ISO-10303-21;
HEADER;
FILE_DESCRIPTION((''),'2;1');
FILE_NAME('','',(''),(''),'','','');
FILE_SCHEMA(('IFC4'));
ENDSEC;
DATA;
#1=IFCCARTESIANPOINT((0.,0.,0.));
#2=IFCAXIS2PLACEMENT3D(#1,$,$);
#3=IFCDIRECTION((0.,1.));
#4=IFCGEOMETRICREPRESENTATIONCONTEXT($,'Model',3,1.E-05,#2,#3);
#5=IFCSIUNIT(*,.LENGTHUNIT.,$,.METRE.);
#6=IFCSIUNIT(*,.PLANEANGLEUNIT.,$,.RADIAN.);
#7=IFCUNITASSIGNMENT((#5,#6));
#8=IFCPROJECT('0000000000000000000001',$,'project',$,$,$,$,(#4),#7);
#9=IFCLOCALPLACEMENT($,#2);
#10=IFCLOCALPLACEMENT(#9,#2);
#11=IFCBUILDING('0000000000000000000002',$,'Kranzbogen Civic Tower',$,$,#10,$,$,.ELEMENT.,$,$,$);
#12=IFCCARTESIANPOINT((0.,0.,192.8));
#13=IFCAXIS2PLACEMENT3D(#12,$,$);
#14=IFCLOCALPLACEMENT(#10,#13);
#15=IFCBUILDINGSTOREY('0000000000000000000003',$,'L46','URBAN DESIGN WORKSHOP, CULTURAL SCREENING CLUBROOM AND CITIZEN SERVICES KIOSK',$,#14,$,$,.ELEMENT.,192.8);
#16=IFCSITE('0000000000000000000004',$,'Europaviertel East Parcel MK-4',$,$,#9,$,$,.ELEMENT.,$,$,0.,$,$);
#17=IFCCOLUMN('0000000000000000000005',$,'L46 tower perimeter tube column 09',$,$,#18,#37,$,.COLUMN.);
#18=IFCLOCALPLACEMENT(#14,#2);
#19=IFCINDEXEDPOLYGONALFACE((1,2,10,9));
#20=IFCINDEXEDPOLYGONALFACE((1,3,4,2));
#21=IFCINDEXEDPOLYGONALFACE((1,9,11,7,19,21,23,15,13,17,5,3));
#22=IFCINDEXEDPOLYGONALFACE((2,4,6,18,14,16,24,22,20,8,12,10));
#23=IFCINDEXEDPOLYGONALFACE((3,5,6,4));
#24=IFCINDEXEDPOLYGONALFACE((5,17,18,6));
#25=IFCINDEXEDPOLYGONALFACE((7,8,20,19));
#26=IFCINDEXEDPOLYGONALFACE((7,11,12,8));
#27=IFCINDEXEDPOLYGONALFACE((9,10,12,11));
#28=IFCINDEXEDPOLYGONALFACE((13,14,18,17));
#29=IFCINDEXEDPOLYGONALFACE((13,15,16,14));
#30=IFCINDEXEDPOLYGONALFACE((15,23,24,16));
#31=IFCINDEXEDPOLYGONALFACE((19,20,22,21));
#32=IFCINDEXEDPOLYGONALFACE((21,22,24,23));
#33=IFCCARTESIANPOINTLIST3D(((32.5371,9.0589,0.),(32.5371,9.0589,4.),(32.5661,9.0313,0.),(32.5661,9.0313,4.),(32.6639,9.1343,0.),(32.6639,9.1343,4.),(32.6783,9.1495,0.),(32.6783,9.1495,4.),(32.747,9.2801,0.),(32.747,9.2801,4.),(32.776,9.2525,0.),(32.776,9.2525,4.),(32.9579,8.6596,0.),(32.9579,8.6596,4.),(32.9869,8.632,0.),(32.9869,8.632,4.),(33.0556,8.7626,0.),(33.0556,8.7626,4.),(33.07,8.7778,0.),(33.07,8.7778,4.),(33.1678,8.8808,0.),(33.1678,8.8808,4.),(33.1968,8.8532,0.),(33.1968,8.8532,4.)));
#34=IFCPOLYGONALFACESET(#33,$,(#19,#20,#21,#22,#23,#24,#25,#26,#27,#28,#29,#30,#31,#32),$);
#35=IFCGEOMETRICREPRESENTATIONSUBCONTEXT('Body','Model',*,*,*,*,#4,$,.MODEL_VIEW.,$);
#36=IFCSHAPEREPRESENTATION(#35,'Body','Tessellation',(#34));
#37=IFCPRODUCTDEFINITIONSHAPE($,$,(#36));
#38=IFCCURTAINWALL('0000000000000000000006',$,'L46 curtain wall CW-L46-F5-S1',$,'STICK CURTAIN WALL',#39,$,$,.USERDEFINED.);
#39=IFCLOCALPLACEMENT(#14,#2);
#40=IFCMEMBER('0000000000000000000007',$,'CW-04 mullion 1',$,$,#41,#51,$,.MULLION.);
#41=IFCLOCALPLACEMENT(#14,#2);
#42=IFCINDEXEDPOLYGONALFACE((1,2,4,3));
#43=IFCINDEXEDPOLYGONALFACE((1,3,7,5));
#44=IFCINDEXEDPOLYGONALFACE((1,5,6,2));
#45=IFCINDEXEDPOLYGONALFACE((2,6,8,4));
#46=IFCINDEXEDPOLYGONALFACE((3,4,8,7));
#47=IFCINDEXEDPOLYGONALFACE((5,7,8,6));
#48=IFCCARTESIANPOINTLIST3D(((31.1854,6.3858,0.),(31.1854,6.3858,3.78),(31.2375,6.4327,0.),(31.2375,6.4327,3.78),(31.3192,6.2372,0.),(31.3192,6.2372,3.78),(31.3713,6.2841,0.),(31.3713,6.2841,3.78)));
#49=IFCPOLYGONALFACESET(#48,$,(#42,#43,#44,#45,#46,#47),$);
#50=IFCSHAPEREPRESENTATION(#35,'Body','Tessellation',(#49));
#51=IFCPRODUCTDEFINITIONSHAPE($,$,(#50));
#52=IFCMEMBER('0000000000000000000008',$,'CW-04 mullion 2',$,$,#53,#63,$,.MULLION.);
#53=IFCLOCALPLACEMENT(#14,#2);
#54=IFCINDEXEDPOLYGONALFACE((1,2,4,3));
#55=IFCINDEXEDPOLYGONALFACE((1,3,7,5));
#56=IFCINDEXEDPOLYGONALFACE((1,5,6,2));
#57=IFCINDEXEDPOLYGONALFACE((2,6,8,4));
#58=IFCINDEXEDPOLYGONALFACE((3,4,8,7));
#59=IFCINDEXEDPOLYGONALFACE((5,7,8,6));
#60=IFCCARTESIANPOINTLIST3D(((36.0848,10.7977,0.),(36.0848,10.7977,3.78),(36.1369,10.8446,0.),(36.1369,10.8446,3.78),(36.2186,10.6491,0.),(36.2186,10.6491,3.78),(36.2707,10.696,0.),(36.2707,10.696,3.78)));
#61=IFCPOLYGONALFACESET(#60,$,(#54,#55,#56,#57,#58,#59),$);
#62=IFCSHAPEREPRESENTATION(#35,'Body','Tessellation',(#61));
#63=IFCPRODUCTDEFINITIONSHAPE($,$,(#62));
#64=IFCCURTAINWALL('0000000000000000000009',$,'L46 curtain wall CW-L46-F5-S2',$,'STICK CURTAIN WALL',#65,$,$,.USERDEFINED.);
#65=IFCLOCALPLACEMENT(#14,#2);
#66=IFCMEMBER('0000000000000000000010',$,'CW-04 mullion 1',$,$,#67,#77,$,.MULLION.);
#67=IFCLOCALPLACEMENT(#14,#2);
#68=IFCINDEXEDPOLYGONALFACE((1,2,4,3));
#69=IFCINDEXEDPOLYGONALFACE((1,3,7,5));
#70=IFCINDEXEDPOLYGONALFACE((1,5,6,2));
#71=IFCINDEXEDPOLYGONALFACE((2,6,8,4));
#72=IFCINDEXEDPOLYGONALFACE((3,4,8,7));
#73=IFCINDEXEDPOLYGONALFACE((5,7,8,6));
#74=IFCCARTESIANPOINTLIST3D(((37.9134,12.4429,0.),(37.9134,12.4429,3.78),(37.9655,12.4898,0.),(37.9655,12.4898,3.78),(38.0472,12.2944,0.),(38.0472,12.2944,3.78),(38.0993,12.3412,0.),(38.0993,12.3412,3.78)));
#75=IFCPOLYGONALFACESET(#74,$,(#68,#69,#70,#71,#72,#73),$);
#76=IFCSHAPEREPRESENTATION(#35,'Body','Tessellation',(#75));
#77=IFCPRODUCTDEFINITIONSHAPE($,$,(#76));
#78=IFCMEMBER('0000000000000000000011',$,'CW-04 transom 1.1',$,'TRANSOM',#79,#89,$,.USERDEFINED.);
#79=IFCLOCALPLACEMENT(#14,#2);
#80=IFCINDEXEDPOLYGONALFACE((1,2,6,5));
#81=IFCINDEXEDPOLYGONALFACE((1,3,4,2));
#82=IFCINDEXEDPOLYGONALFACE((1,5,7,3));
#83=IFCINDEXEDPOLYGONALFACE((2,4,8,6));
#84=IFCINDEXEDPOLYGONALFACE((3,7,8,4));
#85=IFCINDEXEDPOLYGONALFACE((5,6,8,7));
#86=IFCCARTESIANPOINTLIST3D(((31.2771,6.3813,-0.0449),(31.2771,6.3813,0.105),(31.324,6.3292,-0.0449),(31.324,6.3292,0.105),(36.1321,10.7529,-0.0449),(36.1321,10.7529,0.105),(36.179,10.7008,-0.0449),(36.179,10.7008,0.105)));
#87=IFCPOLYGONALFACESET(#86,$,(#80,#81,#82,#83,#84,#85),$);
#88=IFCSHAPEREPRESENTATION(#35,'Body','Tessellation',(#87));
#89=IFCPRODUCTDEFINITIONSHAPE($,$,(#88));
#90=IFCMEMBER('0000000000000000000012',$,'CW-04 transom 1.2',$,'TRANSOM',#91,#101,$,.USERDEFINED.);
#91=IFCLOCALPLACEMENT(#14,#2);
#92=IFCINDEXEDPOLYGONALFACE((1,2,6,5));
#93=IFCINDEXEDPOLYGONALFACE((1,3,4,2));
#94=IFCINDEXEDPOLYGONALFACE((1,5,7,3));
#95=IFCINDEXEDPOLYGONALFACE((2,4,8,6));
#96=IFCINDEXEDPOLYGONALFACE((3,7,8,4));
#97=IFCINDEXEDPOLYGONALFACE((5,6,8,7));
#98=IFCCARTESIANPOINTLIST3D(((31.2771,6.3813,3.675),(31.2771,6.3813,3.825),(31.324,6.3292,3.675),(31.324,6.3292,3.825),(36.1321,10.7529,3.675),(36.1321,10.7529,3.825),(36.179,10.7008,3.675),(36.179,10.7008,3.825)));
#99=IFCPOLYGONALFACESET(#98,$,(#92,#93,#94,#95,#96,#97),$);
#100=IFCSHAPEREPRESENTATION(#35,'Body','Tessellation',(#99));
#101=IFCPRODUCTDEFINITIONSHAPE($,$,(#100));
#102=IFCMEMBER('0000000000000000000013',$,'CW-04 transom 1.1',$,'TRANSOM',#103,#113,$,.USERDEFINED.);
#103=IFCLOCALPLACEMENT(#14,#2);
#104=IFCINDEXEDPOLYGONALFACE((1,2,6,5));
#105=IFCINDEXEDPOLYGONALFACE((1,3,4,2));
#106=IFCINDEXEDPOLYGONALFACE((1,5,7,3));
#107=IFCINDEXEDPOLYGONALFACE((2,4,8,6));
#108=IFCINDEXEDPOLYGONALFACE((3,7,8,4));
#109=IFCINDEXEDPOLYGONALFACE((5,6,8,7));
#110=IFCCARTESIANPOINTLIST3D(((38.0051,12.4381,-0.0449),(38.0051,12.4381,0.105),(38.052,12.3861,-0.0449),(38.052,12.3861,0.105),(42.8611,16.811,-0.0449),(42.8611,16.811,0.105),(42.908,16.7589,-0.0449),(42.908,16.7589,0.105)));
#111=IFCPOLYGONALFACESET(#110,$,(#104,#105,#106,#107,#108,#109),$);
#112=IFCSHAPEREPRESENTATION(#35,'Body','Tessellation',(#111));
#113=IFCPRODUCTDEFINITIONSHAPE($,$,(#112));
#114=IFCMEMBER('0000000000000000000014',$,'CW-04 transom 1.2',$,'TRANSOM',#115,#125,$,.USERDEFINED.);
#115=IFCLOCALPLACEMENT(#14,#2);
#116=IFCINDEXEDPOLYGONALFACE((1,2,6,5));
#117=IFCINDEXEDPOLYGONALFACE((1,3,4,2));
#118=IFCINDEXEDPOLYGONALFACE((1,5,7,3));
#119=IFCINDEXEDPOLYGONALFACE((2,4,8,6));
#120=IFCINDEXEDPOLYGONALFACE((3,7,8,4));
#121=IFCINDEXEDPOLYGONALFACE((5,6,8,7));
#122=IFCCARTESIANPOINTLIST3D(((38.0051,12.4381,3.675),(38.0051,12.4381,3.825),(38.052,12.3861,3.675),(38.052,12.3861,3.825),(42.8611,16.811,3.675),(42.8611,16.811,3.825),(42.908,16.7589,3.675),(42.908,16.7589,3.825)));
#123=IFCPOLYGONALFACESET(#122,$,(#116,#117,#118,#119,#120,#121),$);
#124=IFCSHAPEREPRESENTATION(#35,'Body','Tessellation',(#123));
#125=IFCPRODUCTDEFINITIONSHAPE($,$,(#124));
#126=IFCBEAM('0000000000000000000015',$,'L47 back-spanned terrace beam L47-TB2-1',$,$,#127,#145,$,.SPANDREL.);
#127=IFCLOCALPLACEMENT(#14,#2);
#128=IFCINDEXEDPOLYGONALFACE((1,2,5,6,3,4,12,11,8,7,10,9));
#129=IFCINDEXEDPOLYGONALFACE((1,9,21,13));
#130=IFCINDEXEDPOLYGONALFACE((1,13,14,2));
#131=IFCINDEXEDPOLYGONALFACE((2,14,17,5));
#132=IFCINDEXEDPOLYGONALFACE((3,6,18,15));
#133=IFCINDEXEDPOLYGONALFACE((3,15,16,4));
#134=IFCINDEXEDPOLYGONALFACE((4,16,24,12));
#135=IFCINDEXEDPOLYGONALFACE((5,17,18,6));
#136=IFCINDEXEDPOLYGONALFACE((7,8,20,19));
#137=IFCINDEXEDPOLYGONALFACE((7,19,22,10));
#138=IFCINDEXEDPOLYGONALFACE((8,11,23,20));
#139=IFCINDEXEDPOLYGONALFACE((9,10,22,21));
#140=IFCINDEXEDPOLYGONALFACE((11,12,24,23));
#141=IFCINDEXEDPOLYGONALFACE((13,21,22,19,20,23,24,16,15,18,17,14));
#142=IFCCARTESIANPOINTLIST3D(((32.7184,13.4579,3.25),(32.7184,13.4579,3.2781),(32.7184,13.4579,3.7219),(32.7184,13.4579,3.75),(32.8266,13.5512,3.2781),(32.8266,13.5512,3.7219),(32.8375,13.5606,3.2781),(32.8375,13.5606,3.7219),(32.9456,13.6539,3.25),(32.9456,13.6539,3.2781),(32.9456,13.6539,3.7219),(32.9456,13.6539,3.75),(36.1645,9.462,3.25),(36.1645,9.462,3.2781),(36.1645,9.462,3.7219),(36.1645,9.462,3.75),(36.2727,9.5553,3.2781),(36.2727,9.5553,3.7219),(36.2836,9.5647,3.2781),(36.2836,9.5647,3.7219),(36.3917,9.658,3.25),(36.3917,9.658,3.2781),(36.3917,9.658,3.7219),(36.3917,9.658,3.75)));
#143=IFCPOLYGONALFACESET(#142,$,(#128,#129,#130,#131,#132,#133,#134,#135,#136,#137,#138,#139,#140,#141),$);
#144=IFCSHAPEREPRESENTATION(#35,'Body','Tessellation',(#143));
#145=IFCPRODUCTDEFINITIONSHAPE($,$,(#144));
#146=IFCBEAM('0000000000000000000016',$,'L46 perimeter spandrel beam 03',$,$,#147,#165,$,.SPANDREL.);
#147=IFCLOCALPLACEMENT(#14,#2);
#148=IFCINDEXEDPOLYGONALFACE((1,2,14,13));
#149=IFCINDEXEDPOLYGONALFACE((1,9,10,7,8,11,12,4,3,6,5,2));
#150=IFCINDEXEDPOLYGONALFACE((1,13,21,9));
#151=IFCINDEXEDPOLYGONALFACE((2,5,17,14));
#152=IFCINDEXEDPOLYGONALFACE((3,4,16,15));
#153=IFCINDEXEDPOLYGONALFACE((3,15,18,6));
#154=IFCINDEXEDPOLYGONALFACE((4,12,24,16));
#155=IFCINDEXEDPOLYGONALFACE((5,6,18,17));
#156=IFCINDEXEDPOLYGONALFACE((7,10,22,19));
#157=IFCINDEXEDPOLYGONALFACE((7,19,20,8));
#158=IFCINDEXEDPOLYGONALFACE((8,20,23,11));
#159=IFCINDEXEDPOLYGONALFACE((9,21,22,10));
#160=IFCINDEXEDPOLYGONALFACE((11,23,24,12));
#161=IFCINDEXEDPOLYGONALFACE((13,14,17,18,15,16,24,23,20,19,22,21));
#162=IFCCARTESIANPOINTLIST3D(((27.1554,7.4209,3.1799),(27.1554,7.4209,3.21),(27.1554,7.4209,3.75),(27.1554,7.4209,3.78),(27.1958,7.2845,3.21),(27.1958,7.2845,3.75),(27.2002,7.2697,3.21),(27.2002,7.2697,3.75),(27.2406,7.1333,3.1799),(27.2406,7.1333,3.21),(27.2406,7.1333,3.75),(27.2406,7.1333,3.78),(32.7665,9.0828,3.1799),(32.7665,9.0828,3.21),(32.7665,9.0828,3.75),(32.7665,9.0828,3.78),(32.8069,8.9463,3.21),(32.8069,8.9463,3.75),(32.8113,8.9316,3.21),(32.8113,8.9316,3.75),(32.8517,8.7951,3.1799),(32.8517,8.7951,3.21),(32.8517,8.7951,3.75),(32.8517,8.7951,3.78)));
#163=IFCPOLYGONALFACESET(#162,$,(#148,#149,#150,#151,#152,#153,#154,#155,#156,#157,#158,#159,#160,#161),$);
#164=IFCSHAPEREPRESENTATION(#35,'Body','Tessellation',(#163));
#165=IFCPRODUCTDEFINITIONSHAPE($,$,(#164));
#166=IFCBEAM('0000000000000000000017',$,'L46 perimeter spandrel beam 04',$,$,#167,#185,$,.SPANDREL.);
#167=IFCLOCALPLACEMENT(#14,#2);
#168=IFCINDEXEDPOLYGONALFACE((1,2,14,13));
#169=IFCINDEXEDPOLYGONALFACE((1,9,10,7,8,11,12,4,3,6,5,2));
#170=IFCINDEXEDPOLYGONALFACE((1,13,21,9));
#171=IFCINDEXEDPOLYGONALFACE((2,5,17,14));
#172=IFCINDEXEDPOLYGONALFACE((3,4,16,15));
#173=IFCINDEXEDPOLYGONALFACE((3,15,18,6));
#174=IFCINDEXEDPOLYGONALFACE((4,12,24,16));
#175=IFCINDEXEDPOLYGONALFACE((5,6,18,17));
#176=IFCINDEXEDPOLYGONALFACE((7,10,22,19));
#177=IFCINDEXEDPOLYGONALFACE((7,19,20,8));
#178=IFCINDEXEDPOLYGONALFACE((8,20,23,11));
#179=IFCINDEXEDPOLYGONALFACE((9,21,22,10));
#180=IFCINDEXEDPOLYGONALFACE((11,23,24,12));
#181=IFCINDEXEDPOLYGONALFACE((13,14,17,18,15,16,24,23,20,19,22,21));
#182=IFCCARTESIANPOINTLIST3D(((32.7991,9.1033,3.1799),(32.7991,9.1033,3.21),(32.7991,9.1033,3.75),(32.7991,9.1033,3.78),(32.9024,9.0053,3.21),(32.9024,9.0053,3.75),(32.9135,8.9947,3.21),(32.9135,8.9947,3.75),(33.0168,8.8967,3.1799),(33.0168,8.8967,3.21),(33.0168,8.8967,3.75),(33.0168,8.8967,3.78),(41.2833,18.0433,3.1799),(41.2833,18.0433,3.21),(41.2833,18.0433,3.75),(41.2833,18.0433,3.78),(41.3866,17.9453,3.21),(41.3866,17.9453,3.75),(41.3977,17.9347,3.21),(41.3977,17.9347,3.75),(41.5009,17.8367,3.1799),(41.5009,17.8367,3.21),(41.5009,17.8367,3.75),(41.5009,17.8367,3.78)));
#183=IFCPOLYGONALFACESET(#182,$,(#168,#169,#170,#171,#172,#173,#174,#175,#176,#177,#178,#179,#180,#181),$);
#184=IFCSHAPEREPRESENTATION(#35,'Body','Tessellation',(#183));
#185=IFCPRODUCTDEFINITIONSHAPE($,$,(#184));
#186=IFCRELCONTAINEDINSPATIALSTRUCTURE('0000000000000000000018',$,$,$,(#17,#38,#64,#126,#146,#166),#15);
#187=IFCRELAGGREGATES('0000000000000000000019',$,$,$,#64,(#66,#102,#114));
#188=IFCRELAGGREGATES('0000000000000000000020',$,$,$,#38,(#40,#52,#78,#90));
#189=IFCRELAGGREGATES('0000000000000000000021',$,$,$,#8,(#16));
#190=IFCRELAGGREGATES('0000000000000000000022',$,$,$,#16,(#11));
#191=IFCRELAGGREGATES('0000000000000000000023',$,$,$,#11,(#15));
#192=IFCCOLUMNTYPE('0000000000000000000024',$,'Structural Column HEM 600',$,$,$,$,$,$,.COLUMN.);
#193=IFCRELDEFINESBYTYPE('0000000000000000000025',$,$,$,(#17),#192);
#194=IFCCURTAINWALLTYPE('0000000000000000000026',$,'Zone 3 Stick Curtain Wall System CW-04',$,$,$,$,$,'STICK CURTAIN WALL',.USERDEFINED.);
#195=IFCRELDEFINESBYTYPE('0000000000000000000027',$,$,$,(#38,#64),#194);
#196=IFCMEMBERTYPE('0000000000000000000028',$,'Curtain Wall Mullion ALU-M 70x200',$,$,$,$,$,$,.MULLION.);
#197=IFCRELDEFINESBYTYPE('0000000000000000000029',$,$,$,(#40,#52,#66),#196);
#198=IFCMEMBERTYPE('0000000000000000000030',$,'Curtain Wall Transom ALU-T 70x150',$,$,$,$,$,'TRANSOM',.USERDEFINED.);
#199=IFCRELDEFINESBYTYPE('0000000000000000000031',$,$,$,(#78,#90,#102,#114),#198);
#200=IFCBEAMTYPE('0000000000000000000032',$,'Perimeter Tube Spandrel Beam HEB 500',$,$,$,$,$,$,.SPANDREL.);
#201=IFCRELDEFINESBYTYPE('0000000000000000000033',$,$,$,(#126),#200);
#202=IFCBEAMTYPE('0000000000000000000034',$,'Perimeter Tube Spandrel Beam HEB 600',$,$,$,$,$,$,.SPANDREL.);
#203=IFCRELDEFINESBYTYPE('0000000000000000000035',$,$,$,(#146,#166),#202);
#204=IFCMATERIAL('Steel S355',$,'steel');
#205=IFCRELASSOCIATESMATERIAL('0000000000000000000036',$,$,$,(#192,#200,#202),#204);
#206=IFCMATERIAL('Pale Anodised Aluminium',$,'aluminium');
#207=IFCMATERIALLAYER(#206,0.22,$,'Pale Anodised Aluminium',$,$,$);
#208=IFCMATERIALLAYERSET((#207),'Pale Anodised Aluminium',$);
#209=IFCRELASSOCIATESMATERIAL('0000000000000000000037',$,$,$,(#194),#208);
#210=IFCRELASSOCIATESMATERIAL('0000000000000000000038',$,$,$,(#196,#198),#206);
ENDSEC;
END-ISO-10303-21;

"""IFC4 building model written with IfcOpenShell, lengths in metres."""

from ifc_helpers import new_model, si_unit, direction, frame, origin, origin_2d, place, context, subcontext, project, spatial, rectangle, i_section, extrude, material, layer, layer_set, material_profile, profile_set, type_object, element, aggregate, save


model = new_model("IFC4")

# Units and contexts
model_context = context("Model", 3, precision=1e-05, world=origin(), true_north=direction((0.0, 1.0)))
body_context = subcontext(model_context, "Body", "Model", "MODEL_VIEW")
ifc_project = project(units=[si_unit("LENGTHUNIT", "METRE"), si_unit("PLANEANGLEUNIT", "RADIAN")], contexts=[model_context])

# Site, building, storey
site_placement = place(None, origin())
site = spatial("IfcSite", under=ifc_project, at=site_placement, Name="Europaviertel East Parcel MK-4", CompositionType="ELEMENT", RefElevation=0.0)
building_placement = place(site_placement, origin())
building = spatial("IfcBuilding", under=site, at=building_placement, Name="Kranzbogen Civic Tower", CompositionType="ELEMENT")
storey_placement = place(building_placement, frame((0.0, 0.0, 192.8)))
storey = spatial("IfcBuildingStorey", under=building, at=storey_placement, Name="L46", Description="URBAN DESIGN WORKSHOP, CULTURAL SCREENING CLUBROOM AND CITIZEN SERVICES KIOSK", CompositionType="ELEMENT", Elevation=192.8)

# Column
ifc_material_1 = material(Name="Steel S355", Category="steel")
ifc_material_profile_1 = material_profile(ifc_material_1, i_section(OverallWidth=0.3049, OverallDepth=0.6201, WebThickness=0.021, FlangeThickness=0.04, at=origin_2d()), Name="HEM 600")
ifc_profile_set_1 = profile_set([ifc_material_profile_1], Name="Steel S355")
column_type = type_object("IfcColumnType", Name="Structural Column HEM 600", PredefinedType="COLUMN", material=ifc_profile_set_1)
column_placement = place(storey_placement, frame((32.8669, 8.9561, 0.0), z_axis=(0.0, 0.0, 1.0), x_axis=(0.688355, 0.725374, 0.0)))
element("IfcColumn", 1, at=column_placement, inside=storey, type_object=column_type, Name="L46 tower perimeter tube column 09", PredefinedType="COLUMN", context=body_context, shape_type="SweptSolid", body=[
    extrude(i_section(OverallWidth=0.3049, OverallDepth=0.6201, WebThickness=0.021, FlangeThickness=0.04, at=origin_2d()), origin(), (0.0, 0.0, 1.0), 4.0),
])

# Curtain wall, members
ifc_material_2 = material(Name="Pale Anodised Aluminium", Category="aluminium")
ifc_layer_1 = layer(ifc_material_2, 0.22, Name="Pale Anodised Aluminium")
ifc_layer_set_1 = layer_set([ifc_layer_1], Name="Pale Anodised Aluminium")
curtain_wall_type = type_object("IfcCurtainWallType", Name="Zone 3 Stick Curtain Wall System CW-04", ElementType="STICK CURTAIN WALL", PredefinedType="USERDEFINED", material=ifc_layer_set_1)
curtain_wall_1_placement = place(storey_placement, origin())
curtain_wall_1 = element("IfcCurtainWall", 2, at=curtain_wall_1_placement, inside=storey, type_object=curtain_wall_type, Name="L46 curtain wall CW-L46-F5-S1", ObjectType="STICK CURTAIN WALL", PredefinedType="USERDEFINED")
ifc_material_profile_2 = material_profile(ifc_material_2, rectangle(XDim=0.0701, YDim=0.2, at=origin_2d()), Name="ALU-M 70x200")
ifc_profile_set_2 = profile_set([ifc_material_profile_2], Name="Pale Anodised Aluminium")
member_type_1 = type_object("IfcMemberType", Name="Curtain Wall Mullion ALU-M 70x200", PredefinedType="MULLION", material=ifc_profile_set_2)
member_1_placement = place(storey_placement, frame((31.2783, 6.335, 0.0), z_axis=(0.0, 0.0, 1.0), x_axis=(0.743115, 0.669164, 0.0)))
member_1 = element("IfcMember", 3, at=member_1_placement, type_object=member_type_1, Name="CW-04 mullion 1", PredefinedType="MULLION", context=body_context, shape_type="SweptSolid", body=[
    extrude(rectangle(XDim=0.0701, YDim=0.2, at=origin_2d()), origin(), (0.0, 0.0, 1.0), 3.78),
])
member_2_placement = place(storey_placement, frame((36.1777, 10.7468, 0.0), z_axis=(0.0, 0.0, 1.0), x_axis=(0.743115, 0.669164, 0.0)))
member_2 = element("IfcMember", 4, at=member_2_placement, type_object=member_type_1, Name="CW-04 mullion 2", PredefinedType="MULLION", context=body_context, shape_type="SweptSolid", body=[
    extrude(rectangle(XDim=0.0701, YDim=0.2, at=origin_2d()), origin(), (0.0, 0.0, 1.0), 3.78),
])

# Curtain wall, member
curtain_wall_2_placement = place(storey_placement, origin())
curtain_wall_2 = element("IfcCurtainWall", 5, at=curtain_wall_2_placement, inside=storey, type_object=curtain_wall_type, Name="L46 curtain wall CW-L46-F5-S2", ObjectType="STICK CURTAIN WALL", PredefinedType="USERDEFINED")
member_3_placement = place(storey_placement, frame((38.0063, 12.3921, 0.0), z_axis=(0.0, 0.0, 1.0), x_axis=(0.743107, 0.669172, 0.0)))
member_3 = element("IfcMember", 6, at=member_3_placement, type_object=member_type_1, Name="CW-04 mullion 1", PredefinedType="MULLION", context=body_context, shape_type="SweptSolid", body=[
    extrude(rectangle(XDim=0.0701, YDim=0.2, at=origin_2d()), origin(), (0.0, 0.0, 1.0), 3.78),
])

# Members
ifc_material_profile_3 = material_profile(ifc_material_2, rectangle(XDim=0.0701, YDim=0.1499, at=origin_2d()), Name="ALU-T 70x150")
ifc_profile_set_3 = profile_set([ifc_material_profile_3], Name="Pale Anodised Aluminium")
member_type_2 = type_object("IfcMemberType", Name="Curtain Wall Transom ALU-T 70x150", ElementType="TRANSOM", PredefinedType="USERDEFINED", material=ifc_profile_set_3)
member_4_placement = place(storey_placement, frame((31.3005, 6.3552, 0.03), z_axis=(0.743134, 0.669142, 0.0), x_axis=(-0.669142, 0.743134, 0.0)))
member_4 = element("IfcMember", 7, at=member_4_placement, type_object=member_type_2, Name="CW-04 transom 1.1", ObjectType="TRANSOM", PredefinedType="USERDEFINED", context=body_context, shape_type="SweptSolid", body=[
    extrude(rectangle(XDim=0.0701, YDim=0.1499, at=origin_2d()), origin(), (0.0, 0.0, 1.0), 6.5332),
])
member_5_placement = place(storey_placement, frame((31.3005, 6.3552, 3.75), z_axis=(0.743134, 0.669142, 0.0), x_axis=(-0.669142, 0.743134, 0.0)))
member_5 = element("IfcMember", 8, at=member_5_placement, type_object=member_type_2, Name="CW-04 transom 1.2", ObjectType="TRANSOM", PredefinedType="USERDEFINED", context=body_context, shape_type="SweptSolid", body=[
    extrude(rectangle(XDim=0.0701, YDim=0.1499, at=origin_2d()), origin(), (0.0, 0.0, 1.0), 6.5332),
])
member_6_placement = place(storey_placement, frame((38.0286, 12.4121, 0.03), z_axis=(0.743108, 0.669171, 0.0), x_axis=(-0.669171, 0.743108, 0.0)))
member_6 = element("IfcMember", 9, at=member_6_placement, type_object=member_type_2, Name="CW-04 transom 1.1", ObjectType="TRANSOM", PredefinedType="USERDEFINED", context=body_context, shape_type="SweptSolid", body=[
    extrude(rectangle(XDim=0.0701, YDim=0.1499, at=origin_2d()), origin(), (0.0, 0.0, 1.0), 6.5347),
])
member_7_placement = place(storey_placement, frame((38.0286, 12.4121, 3.75), z_axis=(0.743108, 0.669171, 0.0), x_axis=(-0.669171, 0.743108, 0.0)))
member_7 = element("IfcMember", 10, at=member_7_placement, type_object=member_type_2, Name="CW-04 transom 1.2", ObjectType="TRANSOM", PredefinedType="USERDEFINED", context=body_context, shape_type="SweptSolid", body=[
    extrude(rectangle(XDim=0.0701, YDim=0.1499, at=origin_2d()), origin(), (0.0, 0.0, 1.0), 6.5347),
])
aggregate(curtain_wall_2, [member_3, member_6, member_7])

# Beams
ifc_material_profile_4 = material_profile(ifc_material_1, i_section(OverallWidth=0.3, OverallDepth=0.5, WebThickness=0.0144, FlangeThickness=0.0281, at=origin_2d()), Name="HEB 500")
ifc_profile_set_4 = profile_set([ifc_material_profile_4], Name="Steel S355")
beam_type_1 = type_object("IfcBeamType", Name="Perimeter Tube Spandrel Beam HEB 500", PredefinedType="SPANDREL", material=ifc_profile_set_4)
beam_1_placement = place(storey_placement, frame((32.832, 13.5559, 3.5), z_axis=(0.653086, -0.757284, 0.0), x_axis=(0.757284, 0.653086, 0.0)))
element("IfcBeam", 11, at=beam_1_placement, inside=storey, type_object=beam_type_1, Name="L47 back-spanned terrace beam L47-TB2-1", PredefinedType="SPANDREL", context=body_context, shape_type="SweptSolid", body=[
    extrude(i_section(OverallWidth=0.3, OverallDepth=0.5, WebThickness=0.0144, FlangeThickness=0.0281, at=origin_2d()), origin(), (0.0, 0.0, 1.0), 5.2766),
])
ifc_material_profile_5 = material_profile(ifc_material_1, i_section(OverallWidth=0.3, OverallDepth=0.6001, WebThickness=0.0154, FlangeThickness=0.03, at=origin_2d()), Name="HEB 600")
ifc_profile_set_5 = profile_set([ifc_material_profile_5], Name="Steel S355")
beam_type_2 = type_object("IfcBeamType", Name="Perimeter Tube Spandrel Beam HEB 600", PredefinedType="SPANDREL", material=ifc_profile_set_5)
beam_2_placement = place(storey_placement, frame((27.198, 7.2771, 3.48), z_axis=(0.95883, 0.283982, 0.0), x_axis=(-0.283982, 0.95883, 0.0)))
element("IfcBeam", 12, at=beam_2_placement, inside=storey, type_object=beam_type_2, Name="L46 perimeter spandrel beam 03", PredefinedType="SPANDREL", context=body_context, shape_type="SweptSolid", body=[
    extrude(i_section(OverallWidth=0.3, OverallDepth=0.6001, WebThickness=0.0154, FlangeThickness=0.03, at=origin_2d()), origin(), (0.0, 0.0, 1.0), 5.8521),
])
beam_3_placement = place(storey_placement, frame((32.908, 9.0, 3.48), z_axis=(0.688373, 0.725356, 0.0), x_axis=(-0.725356, 0.688373, 0.0)))
element("IfcBeam", 13, at=beam_3_placement, inside=storey, type_object=beam_type_2, Name="L46 perimeter spandrel beam 04", PredefinedType="SPANDREL", context=body_context, shape_type="SweptSolid", body=[
    extrude(i_section(OverallWidth=0.3, OverallDepth=0.6001, WebThickness=0.0154, FlangeThickness=0.03, at=origin_2d()), origin(), (0.0, 0.0, 1.0), 12.325),
])

aggregate(curtain_wall_1, [member_1, member_2, member_4, member_5])

save(model, "model.ifc")
